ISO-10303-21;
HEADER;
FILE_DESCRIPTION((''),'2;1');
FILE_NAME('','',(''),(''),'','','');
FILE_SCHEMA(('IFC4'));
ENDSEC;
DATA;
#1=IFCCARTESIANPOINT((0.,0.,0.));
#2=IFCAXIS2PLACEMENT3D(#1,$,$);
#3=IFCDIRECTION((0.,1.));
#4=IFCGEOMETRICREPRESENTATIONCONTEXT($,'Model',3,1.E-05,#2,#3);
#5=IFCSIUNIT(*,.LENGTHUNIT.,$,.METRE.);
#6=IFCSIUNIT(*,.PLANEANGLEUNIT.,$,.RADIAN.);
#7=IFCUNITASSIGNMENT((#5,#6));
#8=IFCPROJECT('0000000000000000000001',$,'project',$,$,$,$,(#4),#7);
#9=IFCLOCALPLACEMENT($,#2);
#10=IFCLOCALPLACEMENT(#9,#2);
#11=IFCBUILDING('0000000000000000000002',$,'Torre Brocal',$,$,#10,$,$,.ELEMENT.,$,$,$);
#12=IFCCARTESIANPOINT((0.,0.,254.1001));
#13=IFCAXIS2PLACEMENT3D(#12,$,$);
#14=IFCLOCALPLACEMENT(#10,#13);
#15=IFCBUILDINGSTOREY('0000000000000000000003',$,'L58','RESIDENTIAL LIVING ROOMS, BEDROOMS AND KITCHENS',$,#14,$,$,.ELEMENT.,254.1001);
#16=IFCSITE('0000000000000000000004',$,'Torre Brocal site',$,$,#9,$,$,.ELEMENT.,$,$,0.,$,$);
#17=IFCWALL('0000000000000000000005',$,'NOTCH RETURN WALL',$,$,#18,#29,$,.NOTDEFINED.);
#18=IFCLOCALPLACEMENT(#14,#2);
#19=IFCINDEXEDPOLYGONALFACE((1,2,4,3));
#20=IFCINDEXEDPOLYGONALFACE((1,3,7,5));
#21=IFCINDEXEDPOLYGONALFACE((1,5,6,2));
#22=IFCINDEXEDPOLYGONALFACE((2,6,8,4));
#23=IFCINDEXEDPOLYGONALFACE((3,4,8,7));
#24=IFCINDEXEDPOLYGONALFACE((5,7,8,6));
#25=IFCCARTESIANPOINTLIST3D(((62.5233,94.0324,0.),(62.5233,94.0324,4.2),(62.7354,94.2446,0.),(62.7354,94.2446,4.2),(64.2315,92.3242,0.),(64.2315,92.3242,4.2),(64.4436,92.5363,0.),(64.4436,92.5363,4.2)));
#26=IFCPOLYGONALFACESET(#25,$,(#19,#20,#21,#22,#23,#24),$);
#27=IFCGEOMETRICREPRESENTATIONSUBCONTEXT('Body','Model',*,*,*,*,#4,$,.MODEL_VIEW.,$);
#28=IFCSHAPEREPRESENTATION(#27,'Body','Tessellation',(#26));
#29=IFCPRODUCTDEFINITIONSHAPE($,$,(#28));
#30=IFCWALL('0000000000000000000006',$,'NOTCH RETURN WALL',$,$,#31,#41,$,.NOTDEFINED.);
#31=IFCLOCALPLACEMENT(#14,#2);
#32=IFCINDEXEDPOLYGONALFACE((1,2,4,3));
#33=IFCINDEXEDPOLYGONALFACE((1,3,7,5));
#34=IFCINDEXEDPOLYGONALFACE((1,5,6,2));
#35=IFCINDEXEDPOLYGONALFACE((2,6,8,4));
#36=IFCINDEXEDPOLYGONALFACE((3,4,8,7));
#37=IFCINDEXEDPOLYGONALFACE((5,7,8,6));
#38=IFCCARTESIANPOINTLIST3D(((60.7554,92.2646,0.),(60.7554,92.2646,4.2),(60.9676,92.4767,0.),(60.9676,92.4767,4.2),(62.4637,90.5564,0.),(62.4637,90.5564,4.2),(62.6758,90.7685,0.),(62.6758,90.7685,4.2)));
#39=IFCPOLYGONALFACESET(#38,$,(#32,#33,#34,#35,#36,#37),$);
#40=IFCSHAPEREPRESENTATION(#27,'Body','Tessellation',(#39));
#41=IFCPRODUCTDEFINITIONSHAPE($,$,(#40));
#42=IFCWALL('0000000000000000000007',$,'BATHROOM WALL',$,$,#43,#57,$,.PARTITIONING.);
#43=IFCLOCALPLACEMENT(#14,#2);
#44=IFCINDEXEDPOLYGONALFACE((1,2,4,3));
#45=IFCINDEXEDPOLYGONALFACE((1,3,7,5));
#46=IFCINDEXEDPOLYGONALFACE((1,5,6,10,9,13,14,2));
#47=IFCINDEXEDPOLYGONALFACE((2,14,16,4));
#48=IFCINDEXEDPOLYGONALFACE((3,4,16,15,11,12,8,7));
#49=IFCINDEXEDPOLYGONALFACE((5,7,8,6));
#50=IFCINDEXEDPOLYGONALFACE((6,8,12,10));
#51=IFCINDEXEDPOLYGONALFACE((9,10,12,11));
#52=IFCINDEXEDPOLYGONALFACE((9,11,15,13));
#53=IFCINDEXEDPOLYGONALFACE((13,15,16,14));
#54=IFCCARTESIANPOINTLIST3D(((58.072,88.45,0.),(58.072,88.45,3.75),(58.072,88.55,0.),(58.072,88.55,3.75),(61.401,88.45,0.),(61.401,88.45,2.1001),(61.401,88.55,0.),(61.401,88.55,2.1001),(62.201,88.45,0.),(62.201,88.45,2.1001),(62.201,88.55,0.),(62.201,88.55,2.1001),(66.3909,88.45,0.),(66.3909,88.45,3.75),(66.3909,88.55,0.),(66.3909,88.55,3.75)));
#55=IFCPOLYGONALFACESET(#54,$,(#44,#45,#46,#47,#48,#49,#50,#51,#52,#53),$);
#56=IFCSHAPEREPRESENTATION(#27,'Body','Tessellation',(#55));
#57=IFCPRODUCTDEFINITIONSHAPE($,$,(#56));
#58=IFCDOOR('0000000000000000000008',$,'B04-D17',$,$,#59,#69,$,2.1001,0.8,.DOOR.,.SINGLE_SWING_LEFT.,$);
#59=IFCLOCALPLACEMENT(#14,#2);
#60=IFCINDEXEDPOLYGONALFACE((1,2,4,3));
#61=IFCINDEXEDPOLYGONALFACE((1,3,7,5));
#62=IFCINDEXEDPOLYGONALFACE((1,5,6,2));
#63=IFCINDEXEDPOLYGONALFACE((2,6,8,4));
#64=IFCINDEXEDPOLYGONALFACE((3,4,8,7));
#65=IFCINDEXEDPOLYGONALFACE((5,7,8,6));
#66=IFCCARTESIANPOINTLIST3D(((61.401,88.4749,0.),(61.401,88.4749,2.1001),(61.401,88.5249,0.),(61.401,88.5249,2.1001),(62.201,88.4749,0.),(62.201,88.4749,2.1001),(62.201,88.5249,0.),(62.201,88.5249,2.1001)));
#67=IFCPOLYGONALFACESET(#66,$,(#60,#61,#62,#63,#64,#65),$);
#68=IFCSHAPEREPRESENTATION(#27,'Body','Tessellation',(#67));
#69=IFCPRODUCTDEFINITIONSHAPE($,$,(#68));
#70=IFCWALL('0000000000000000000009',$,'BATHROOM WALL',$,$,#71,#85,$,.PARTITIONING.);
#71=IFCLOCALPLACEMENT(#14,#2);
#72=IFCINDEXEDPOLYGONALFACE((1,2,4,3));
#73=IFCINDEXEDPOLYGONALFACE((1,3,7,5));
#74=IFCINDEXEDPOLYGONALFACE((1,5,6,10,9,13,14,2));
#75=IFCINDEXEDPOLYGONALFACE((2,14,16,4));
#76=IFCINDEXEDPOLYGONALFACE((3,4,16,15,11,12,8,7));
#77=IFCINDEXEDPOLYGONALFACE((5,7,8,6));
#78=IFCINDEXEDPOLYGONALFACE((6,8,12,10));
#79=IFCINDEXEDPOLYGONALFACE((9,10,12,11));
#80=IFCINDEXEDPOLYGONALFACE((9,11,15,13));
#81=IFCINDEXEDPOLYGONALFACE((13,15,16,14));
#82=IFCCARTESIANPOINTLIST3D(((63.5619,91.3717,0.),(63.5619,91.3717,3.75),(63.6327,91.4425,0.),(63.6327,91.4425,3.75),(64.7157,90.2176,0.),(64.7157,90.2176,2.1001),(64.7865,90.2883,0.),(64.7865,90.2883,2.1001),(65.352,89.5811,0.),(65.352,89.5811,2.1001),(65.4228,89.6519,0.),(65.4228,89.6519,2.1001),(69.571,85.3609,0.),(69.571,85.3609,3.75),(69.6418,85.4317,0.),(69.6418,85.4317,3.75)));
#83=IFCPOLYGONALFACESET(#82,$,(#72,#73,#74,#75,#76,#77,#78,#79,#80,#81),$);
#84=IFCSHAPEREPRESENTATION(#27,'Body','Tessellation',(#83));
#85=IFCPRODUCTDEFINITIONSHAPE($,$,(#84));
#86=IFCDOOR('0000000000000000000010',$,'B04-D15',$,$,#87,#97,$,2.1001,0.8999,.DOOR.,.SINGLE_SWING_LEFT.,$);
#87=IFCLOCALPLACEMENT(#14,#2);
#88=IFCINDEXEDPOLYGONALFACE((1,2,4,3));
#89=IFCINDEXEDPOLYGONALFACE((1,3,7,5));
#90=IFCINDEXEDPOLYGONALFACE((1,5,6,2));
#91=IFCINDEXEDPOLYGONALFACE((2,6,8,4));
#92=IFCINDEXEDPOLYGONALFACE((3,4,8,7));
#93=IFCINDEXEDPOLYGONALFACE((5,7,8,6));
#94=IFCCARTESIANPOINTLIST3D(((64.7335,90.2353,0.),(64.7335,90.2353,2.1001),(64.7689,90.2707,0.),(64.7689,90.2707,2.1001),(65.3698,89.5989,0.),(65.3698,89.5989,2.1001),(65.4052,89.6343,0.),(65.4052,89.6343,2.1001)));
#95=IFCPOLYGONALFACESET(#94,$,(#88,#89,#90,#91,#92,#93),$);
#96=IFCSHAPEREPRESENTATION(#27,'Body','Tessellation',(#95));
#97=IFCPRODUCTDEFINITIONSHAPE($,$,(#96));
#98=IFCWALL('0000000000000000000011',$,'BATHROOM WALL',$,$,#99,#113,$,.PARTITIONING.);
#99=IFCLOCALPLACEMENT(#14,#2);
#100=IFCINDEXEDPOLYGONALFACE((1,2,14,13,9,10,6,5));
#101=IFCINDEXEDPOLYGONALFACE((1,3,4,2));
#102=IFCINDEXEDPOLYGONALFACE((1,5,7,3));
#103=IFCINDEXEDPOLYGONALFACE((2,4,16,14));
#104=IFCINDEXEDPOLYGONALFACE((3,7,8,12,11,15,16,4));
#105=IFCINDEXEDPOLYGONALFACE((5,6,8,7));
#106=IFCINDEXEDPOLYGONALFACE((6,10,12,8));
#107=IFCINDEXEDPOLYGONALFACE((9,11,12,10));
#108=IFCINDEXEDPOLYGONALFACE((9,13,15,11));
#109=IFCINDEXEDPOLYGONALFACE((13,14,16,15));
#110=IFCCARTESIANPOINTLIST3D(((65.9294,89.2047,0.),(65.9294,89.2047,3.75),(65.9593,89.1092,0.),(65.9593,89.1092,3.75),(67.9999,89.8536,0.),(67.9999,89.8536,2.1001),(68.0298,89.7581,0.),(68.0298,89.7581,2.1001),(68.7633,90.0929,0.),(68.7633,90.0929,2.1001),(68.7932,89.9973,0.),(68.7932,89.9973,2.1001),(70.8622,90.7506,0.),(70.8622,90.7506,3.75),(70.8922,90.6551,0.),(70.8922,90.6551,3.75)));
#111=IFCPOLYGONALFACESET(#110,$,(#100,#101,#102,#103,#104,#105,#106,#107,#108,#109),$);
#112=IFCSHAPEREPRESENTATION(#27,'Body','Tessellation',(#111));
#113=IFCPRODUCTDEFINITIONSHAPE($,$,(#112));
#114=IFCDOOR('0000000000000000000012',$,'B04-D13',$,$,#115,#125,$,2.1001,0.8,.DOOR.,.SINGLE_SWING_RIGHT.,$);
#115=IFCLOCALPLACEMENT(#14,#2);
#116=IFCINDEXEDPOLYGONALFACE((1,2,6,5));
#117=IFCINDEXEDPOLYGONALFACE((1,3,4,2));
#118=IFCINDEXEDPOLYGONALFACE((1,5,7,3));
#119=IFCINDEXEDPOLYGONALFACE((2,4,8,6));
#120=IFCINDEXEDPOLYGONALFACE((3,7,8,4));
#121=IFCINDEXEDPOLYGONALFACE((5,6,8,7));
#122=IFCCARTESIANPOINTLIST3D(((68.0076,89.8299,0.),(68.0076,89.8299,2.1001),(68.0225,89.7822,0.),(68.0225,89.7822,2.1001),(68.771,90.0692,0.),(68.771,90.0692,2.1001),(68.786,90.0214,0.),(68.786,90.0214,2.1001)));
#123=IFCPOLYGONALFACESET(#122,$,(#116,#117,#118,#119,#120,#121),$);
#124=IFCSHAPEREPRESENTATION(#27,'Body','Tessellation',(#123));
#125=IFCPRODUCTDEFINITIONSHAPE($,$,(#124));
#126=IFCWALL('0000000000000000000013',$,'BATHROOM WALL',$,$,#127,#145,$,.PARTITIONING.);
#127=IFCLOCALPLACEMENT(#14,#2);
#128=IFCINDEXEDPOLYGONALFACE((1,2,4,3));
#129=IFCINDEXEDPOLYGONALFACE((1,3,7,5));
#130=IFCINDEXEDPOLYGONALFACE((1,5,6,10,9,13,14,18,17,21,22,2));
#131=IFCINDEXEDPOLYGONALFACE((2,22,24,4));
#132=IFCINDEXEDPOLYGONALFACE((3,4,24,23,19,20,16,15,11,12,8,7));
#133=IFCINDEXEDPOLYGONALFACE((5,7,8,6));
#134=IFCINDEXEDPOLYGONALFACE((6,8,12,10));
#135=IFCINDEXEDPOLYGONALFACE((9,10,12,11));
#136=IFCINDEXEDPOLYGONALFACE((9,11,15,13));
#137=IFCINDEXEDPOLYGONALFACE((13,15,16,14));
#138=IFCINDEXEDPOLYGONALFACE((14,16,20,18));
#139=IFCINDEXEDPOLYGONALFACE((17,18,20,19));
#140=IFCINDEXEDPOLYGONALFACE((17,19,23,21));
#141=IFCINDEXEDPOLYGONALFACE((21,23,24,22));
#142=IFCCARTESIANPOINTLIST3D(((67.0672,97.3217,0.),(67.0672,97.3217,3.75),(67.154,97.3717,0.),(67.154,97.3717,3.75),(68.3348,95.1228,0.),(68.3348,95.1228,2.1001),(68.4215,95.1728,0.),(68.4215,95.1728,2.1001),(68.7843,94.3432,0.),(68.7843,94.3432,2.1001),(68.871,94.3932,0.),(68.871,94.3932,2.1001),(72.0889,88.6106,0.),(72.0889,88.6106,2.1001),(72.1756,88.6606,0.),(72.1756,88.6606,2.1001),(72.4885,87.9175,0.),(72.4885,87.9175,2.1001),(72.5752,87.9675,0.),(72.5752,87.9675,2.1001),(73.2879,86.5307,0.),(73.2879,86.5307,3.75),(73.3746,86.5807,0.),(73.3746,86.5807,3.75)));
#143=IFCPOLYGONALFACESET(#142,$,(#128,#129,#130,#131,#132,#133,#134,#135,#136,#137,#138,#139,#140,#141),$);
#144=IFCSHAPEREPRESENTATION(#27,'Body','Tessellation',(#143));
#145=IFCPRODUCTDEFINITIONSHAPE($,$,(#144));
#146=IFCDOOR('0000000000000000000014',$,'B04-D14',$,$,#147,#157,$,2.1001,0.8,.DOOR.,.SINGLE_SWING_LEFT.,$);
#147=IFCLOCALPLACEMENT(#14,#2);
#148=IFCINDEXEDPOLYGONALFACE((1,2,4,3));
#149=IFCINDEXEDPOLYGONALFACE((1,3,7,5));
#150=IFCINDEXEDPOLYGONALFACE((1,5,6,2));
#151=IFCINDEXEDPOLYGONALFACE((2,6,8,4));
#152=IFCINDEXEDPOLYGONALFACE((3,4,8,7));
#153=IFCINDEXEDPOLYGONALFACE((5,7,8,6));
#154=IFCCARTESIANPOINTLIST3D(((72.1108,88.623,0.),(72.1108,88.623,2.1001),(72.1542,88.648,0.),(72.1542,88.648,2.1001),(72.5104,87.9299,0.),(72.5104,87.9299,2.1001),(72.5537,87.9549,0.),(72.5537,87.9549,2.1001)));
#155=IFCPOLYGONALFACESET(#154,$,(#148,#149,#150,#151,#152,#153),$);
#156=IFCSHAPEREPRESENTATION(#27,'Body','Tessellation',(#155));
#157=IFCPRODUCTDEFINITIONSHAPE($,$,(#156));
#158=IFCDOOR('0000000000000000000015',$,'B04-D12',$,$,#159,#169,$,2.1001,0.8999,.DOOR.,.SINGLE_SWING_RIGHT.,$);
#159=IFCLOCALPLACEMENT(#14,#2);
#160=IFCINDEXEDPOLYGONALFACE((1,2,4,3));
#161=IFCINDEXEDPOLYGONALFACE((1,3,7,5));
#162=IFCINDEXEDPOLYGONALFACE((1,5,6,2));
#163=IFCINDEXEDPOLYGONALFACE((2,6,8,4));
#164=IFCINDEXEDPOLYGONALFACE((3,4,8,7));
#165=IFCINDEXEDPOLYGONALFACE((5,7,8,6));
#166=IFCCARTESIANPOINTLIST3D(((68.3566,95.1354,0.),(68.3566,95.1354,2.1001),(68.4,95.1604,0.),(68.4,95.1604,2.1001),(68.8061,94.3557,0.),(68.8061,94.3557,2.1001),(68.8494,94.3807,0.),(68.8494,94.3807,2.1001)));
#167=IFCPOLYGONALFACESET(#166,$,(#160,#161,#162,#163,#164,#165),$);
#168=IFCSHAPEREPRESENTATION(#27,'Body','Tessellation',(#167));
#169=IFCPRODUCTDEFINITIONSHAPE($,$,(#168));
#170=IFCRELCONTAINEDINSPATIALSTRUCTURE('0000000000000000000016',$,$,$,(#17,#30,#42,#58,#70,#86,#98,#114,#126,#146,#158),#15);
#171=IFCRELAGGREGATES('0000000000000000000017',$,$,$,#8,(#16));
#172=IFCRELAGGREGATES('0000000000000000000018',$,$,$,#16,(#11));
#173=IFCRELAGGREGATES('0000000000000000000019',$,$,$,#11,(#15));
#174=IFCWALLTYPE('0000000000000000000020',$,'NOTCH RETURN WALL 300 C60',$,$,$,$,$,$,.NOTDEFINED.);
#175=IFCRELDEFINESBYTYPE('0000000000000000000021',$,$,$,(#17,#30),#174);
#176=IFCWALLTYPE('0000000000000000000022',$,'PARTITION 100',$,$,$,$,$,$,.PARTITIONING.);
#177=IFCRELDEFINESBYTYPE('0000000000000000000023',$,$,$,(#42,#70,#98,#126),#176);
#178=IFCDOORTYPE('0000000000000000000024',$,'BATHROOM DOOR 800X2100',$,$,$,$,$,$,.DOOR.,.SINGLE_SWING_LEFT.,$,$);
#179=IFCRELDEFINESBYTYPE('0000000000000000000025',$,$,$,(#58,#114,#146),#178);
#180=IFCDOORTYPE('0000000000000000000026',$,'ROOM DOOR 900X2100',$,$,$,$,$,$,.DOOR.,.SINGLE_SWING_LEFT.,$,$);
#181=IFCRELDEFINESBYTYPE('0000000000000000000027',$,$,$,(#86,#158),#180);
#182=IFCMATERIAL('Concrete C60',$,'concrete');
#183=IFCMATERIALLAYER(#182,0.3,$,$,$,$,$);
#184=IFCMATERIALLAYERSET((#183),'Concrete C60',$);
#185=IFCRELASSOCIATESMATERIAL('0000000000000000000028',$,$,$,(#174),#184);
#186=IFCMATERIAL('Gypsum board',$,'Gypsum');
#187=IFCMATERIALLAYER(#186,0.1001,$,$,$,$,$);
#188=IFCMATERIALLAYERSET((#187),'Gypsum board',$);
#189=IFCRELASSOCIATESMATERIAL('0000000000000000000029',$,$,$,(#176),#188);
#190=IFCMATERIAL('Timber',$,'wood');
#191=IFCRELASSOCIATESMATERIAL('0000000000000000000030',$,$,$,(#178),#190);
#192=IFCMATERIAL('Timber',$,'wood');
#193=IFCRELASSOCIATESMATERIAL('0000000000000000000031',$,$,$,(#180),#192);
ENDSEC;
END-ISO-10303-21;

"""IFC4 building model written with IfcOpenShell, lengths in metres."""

from ifc_helpers import new_model, si_unit, direction, frame, frame_2d, origin, place, context, subcontext, project, spatial, rectangle, extrude, material, layer, layer_set, type_object, element, fill, save


model = new_model("IFC4")

# Units and contexts
model_context = context("Model", 3, precision=1e-05, world=origin(), true_north=direction((0.0, 1.0)))
body_context = subcontext(model_context, "Body", "Model", "MODEL_VIEW")
ifc_project = project(units=[si_unit("LENGTHUNIT", "METRE"), si_unit("PLANEANGLEUNIT", "RADIAN")], contexts=[model_context])

# Site, building, storey
site_placement = place(None, origin())
site = spatial("IfcSite", under=ifc_project, at=site_placement, Name="Torre Brocal site", CompositionType="ELEMENT", RefElevation=0.0)
building_placement = place(site_placement, origin())
building = spatial("IfcBuilding", under=site, at=building_placement, Name="Torre Brocal", CompositionType="ELEMENT")
storey_placement = place(building_placement, frame((0.0, 0.0, 254.1001)))
storey = spatial("IfcBuildingStorey", under=building, at=storey_placement, Name="L58", Description="RESIDENTIAL LIVING ROOMS, BEDROOMS AND KITCHENS", CompositionType="ELEMENT", Elevation=254.1001)

# Walls
ifc_material_1 = material(Name="Concrete C60", Category="concrete")
ifc_layer_1 = layer(ifc_material_1, 0.3)
ifc_layer_set_1 = layer_set([ifc_layer_1], Name="Concrete C60")
wall_type_1 = type_object("IfcWallType", Name="NOTCH RETURN WALL 300 C60", PredefinedType="NOTDEFINED", material=ifc_layer_set_1)
for number, where, z_axis, x_axis, name in (
    (1, (64.3376, 92.4302, 0.0), (0.0, 0.0, 1.0), (-0.707107, 0.707107, 0.0), "NOTCH RETURN WALL"),
    (2, (62.5698, 90.6624, 0.0), (0.0, 0.0, 1.0), (-0.707107, 0.707107, 0.0), "NOTCH RETURN WALL"),
):
    element("IfcWall", number, at=place(storey_placement, frame(where, z_axis=z_axis, x_axis=x_axis)), inside=storey, type_object=wall_type_1, Name=name, PredefinedType="NOTDEFINED", context=body_context, shape_type="SweptSolid", body=[
        extrude(rectangle(XDim=2.4158, YDim=0.3, at=frame_2d((1.208, 0.0))), origin(), (0.0, 0.0, 1.0), 4.2),
    ])

# Walls, openings, doors
ifc_material_2 = material(Name="Gypsum board", Category="Gypsum")
ifc_layer_2 = layer(ifc_material_2, 0.1001)
ifc_layer_set_2 = layer_set([ifc_layer_2], Name="Gypsum board")
wall_type_2 = type_object("IfcWallType", Name="PARTITION 100", PredefinedType="PARTITIONING", material=ifc_layer_set_2)
wall_1_placement = place(storey_placement, frame((58.072, 88.5, 0.0), z_axis=(0.0, 0.0, 1.0), x_axis=(1.0, 0.0, 0.0)))
wall_1 = element("IfcWall", 3, at=wall_1_placement, inside=storey, type_object=wall_type_2, Name="BATHROOM WALL", PredefinedType="PARTITIONING", context=body_context, shape_type="SweptSolid", body=[
    extrude(rectangle(XDim=8.3188, YDim=0.1001, at=frame_2d((4.1594, 0.0))), origin(), (0.0, 0.0, 1.0), 3.75),
])
opening_1_placement = place(wall_1_placement, frame((3.3291, 0.0, 0.0)))
opening_1 = element("IfcOpeningElement", 4, at=opening_1_placement, cuts=wall_1, PredefinedType="OPENING", context=body_context, shape_type="SweptSolid", body=[
    extrude(rectangle(XDim=0.8, YDim=2.1001, at=frame_2d((0.3999, 1.05))), frame((0.0, 0.0601, 0.0), z_axis=(0.0, -1.0, 0.0), x_axis=(1.0, 0.0, 0.0)), (0.0, 0.0, 1.0), 0.1201),
])
ifc_material_3 = material(Name="Timber", Category="wood")
door_type_1 = type_object("IfcDoorType", Name="BATHROOM DOOR 800X2100", OperationType="SINGLE_SWING_LEFT", PredefinedType="DOOR", material=ifc_material_3)
door_1_placement = place(opening_1_placement, origin())
door_1 = element("IfcDoor", 5, at=door_1_placement, inside=storey, type_object=door_type_1, Name="B04-D17", OperationType="SINGLE_SWING_LEFT", OverallHeight=2.1001, OverallWidth=0.8, PredefinedType="DOOR", context=body_context, shape_type="SweptSolid", body=[
    extrude(rectangle(XDim=0.8, YDim=2.1001, at=frame_2d((0.3999, 1.05))), frame((0.0, 0.0249, 0.0), z_axis=(0.0, -1.0, 0.0), x_axis=(1.0, 0.0, 0.0)), (0.0, 0.0, 1.0), 0.05),
])
fill(opening_1, door_1)
wall_2_placement = place(storey_placement, frame((63.5974, 91.407, 0.0), z_axis=(0.0, 0.0, 1.0), x_axis=(0.707006, -0.707207, 0.0)))
wall_2 = element("IfcWall", 6, at=wall_2_placement, inside=storey, type_object=wall_type_2, Name="BATHROOM WALL", PredefinedType="PARTITIONING", context=body_context, shape_type="SweptSolid", body=[
    extrude(rectangle(XDim=8.4993, YDim=0.1001, at=frame_2d((4.2495, 0.0))), origin(), (0.0, 0.0, 1.0), 3.75),
])
opening_2_placement = place(wall_2_placement, frame((1.6318, 0.0, 0.0)))
opening_2 = element("IfcOpeningElement", 7, at=opening_2_placement, cuts=wall_2, PredefinedType="OPENING", context=body_context, shape_type="SweptSolid", body=[
    extrude(rectangle(XDim=0.8999, YDim=2.1001, at=frame_2d((0.45, 1.05))), frame((0.0, 0.0601, 0.0), z_axis=(0.0, -1.0, 0.0), x_axis=(1.0, 0.0, 0.0)), (0.0, 0.0, 1.0), 0.1201),
])
ifc_material_4 = material(Name="Timber", Category="wood")
door_type_2 = type_object("IfcDoorType", Name="ROOM DOOR 900X2100", OperationType="SINGLE_SWING_LEFT", PredefinedType="DOOR", material=ifc_material_4)
door_2_placement = place(opening_2_placement, frame((0.8999, 0.0, 0.0), z_axis=(0.0, 0.0, 1.0), x_axis=(-1.0, 0.0, 0.0)))
door_2 = element("IfcDoor", 8, at=door_2_placement, inside=storey, type_object=door_type_2, Name="B04-D15", OperationType="SINGLE_SWING_LEFT", OverallHeight=2.1001, OverallWidth=0.8999, PredefinedType="DOOR", context=body_context, shape_type="SweptSolid", body=[
    extrude(rectangle(XDim=0.8999, YDim=2.1001, at=frame_2d((0.45, 1.05))), frame((0.0, 0.0249, 0.0), z_axis=(0.0, -1.0, 0.0), x_axis=(1.0, 0.0, 0.0)), (0.0, 0.0, 1.0), 0.05),
])
fill(opening_2, door_2)
wall_3_placement = place(storey_placement, frame((65.9443, 89.157, 0.0), z_axis=(0.0, 0.0, 1.0), x_axis=(0.954238, 0.299047, 0.0)))
wall_3 = element("IfcWall", 9, at=wall_3_placement, inside=storey, type_object=wall_type_2, Name="BATHROOM WALL", PredefinedType="PARTITIONING", context=body_context, shape_type="SweptSolid", body=[
    extrude(rectangle(XDim=5.1694, YDim=0.1001, at=frame_2d((2.5847, 0.0))), origin(), (0.0, 0.0, 1.0), 3.75),
])
opening_3_placement = place(wall_3_placement, frame((2.1699, 0.0, 0.0)))
opening_3 = element("IfcOpeningElement", 10, at=opening_3_placement, cuts=wall_3, PredefinedType="OPENING", context=body_context, shape_type="SweptSolid", body=[
    extrude(rectangle(XDim=0.8, YDim=2.1001, at=frame_2d((0.3999, 1.05))), frame((0.0, 0.0601, 0.0), z_axis=(0.0, -1.0, 0.0), x_axis=(1.0, 0.0, 0.0)), (0.0, 0.0, 1.0), 0.1201),
])
door_3_placement = place(opening_3_placement, frame((0.8, 0.0, 0.0), z_axis=(0.0, 0.0, 1.0), x_axis=(-1.0, 0.0, 0.0)))
door_3 = element("IfcDoor", 11, at=door_3_placement, inside=storey, type_object=door_type_1, Name="B04-D13", OperationType="SINGLE_SWING_RIGHT", OverallHeight=2.1001, OverallWidth=0.8, PredefinedType="DOOR", context=body_context, shape_type="SweptSolid", body=[
    extrude(rectangle(XDim=0.8, YDim=2.1001, at=frame_2d((0.3999, 1.05))), frame((0.0, 0.0249, 0.0), z_axis=(0.0, -1.0, 0.0), x_axis=(1.0, 0.0, 0.0)), (0.0, 0.0, 1.0), 0.05),
])
fill(opening_3, door_3)

# Wall, openings, doors
wall_4_placement = place(storey_placement, frame((67.1106, 97.3467, 0.0), z_axis=(0.0, 0.0, 1.0), x_axis=(0.499428, -0.866355, 0.0)))
wall_4 = element("IfcWall", 12, at=wall_4_placement, inside=storey, type_object=wall_type_2, Name="BATHROOM WALL", PredefinedType="PARTITIONING", context=body_context, shape_type="SweptSolid", body=[
    extrude(rectangle(XDim=12.4556, YDim=0.1001, at=frame_2d((6.2278, 0.0))), origin(), (0.0, 0.0, 1.0), 3.75),
])
opening_4_placement = place(wall_4_placement, frame((2.5381, 0.0, 0.0)))
opening_4 = element("IfcOpeningElement", 13, at=opening_4_placement, cuts=wall_4, PredefinedType="OPENING", context=body_context, shape_type="SweptSolid", body=[
    extrude(rectangle(XDim=0.8999, YDim=2.1001, at=frame_2d((0.45, 1.05))), frame((0.0, 0.0601, 0.0), z_axis=(0.0, -1.0, 0.0), x_axis=(1.0, 0.0, 0.0)), (0.0, 0.0, 1.0), 0.1201),
])
opening_5_placement = place(wall_4_placement, frame((10.0549, 0.0, 0.0)))
opening_5 = element("IfcOpeningElement", 14, at=opening_5_placement, cuts=wall_4, PredefinedType="OPENING", context=body_context, shape_type="SweptSolid", body=[
    extrude(rectangle(XDim=0.8, YDim=2.1001, at=frame_2d((0.3999, 1.05))), frame((0.0, 0.0601, 0.0), z_axis=(0.0, -1.0, 0.0), x_axis=(1.0, 0.0, 0.0)), (0.0, 0.0, 1.0), 0.1201),
])
door_4_placement = place(opening_5_placement, frame((0.8, 0.0, 0.0), z_axis=(0.0, 0.0, 1.0), x_axis=(-1.0, 0.0, 0.0)))
door_4 = element("IfcDoor", 15, at=door_4_placement, inside=storey, type_object=door_type_1, Name="B04-D14", OperationType="SINGLE_SWING_LEFT", OverallHeight=2.1001, OverallWidth=0.8, PredefinedType="DOOR", context=body_context, shape_type="SweptSolid", body=[
    extrude(rectangle(XDim=0.8, YDim=2.1001, at=frame_2d((0.3999, 1.05))), frame((0.0, 0.0249, 0.0), z_axis=(0.0, -1.0, 0.0), x_axis=(1.0, 0.0, 0.0)), (0.0, 0.0, 1.0), 0.05),
])
fill(opening_5, door_4)
door_5_placement = place(opening_4_placement, frame((0.8999, 0.0, 0.0), z_axis=(0.0, 0.0, 1.0), x_axis=(-1.0, 0.0, 0.0)))
door_5 = element("IfcDoor", 16, at=door_5_placement, inside=storey, type_object=door_type_2, Name="B04-D12", OperationType="SINGLE_SWING_RIGHT", OverallHeight=2.1001, OverallWidth=0.8999, PredefinedType="DOOR", context=body_context, shape_type="SweptSolid", body=[
    extrude(rectangle(XDim=0.8999, YDim=2.1001, at=frame_2d((0.45, 1.05))), frame((0.0, 0.0249, 0.0), z_axis=(0.0, -1.0, 0.0), x_axis=(1.0, 0.0, 0.0)), (0.0, 0.0, 1.0), 0.05),
])
fill(opening_4, door_5)

save(model, "model.ifc")
